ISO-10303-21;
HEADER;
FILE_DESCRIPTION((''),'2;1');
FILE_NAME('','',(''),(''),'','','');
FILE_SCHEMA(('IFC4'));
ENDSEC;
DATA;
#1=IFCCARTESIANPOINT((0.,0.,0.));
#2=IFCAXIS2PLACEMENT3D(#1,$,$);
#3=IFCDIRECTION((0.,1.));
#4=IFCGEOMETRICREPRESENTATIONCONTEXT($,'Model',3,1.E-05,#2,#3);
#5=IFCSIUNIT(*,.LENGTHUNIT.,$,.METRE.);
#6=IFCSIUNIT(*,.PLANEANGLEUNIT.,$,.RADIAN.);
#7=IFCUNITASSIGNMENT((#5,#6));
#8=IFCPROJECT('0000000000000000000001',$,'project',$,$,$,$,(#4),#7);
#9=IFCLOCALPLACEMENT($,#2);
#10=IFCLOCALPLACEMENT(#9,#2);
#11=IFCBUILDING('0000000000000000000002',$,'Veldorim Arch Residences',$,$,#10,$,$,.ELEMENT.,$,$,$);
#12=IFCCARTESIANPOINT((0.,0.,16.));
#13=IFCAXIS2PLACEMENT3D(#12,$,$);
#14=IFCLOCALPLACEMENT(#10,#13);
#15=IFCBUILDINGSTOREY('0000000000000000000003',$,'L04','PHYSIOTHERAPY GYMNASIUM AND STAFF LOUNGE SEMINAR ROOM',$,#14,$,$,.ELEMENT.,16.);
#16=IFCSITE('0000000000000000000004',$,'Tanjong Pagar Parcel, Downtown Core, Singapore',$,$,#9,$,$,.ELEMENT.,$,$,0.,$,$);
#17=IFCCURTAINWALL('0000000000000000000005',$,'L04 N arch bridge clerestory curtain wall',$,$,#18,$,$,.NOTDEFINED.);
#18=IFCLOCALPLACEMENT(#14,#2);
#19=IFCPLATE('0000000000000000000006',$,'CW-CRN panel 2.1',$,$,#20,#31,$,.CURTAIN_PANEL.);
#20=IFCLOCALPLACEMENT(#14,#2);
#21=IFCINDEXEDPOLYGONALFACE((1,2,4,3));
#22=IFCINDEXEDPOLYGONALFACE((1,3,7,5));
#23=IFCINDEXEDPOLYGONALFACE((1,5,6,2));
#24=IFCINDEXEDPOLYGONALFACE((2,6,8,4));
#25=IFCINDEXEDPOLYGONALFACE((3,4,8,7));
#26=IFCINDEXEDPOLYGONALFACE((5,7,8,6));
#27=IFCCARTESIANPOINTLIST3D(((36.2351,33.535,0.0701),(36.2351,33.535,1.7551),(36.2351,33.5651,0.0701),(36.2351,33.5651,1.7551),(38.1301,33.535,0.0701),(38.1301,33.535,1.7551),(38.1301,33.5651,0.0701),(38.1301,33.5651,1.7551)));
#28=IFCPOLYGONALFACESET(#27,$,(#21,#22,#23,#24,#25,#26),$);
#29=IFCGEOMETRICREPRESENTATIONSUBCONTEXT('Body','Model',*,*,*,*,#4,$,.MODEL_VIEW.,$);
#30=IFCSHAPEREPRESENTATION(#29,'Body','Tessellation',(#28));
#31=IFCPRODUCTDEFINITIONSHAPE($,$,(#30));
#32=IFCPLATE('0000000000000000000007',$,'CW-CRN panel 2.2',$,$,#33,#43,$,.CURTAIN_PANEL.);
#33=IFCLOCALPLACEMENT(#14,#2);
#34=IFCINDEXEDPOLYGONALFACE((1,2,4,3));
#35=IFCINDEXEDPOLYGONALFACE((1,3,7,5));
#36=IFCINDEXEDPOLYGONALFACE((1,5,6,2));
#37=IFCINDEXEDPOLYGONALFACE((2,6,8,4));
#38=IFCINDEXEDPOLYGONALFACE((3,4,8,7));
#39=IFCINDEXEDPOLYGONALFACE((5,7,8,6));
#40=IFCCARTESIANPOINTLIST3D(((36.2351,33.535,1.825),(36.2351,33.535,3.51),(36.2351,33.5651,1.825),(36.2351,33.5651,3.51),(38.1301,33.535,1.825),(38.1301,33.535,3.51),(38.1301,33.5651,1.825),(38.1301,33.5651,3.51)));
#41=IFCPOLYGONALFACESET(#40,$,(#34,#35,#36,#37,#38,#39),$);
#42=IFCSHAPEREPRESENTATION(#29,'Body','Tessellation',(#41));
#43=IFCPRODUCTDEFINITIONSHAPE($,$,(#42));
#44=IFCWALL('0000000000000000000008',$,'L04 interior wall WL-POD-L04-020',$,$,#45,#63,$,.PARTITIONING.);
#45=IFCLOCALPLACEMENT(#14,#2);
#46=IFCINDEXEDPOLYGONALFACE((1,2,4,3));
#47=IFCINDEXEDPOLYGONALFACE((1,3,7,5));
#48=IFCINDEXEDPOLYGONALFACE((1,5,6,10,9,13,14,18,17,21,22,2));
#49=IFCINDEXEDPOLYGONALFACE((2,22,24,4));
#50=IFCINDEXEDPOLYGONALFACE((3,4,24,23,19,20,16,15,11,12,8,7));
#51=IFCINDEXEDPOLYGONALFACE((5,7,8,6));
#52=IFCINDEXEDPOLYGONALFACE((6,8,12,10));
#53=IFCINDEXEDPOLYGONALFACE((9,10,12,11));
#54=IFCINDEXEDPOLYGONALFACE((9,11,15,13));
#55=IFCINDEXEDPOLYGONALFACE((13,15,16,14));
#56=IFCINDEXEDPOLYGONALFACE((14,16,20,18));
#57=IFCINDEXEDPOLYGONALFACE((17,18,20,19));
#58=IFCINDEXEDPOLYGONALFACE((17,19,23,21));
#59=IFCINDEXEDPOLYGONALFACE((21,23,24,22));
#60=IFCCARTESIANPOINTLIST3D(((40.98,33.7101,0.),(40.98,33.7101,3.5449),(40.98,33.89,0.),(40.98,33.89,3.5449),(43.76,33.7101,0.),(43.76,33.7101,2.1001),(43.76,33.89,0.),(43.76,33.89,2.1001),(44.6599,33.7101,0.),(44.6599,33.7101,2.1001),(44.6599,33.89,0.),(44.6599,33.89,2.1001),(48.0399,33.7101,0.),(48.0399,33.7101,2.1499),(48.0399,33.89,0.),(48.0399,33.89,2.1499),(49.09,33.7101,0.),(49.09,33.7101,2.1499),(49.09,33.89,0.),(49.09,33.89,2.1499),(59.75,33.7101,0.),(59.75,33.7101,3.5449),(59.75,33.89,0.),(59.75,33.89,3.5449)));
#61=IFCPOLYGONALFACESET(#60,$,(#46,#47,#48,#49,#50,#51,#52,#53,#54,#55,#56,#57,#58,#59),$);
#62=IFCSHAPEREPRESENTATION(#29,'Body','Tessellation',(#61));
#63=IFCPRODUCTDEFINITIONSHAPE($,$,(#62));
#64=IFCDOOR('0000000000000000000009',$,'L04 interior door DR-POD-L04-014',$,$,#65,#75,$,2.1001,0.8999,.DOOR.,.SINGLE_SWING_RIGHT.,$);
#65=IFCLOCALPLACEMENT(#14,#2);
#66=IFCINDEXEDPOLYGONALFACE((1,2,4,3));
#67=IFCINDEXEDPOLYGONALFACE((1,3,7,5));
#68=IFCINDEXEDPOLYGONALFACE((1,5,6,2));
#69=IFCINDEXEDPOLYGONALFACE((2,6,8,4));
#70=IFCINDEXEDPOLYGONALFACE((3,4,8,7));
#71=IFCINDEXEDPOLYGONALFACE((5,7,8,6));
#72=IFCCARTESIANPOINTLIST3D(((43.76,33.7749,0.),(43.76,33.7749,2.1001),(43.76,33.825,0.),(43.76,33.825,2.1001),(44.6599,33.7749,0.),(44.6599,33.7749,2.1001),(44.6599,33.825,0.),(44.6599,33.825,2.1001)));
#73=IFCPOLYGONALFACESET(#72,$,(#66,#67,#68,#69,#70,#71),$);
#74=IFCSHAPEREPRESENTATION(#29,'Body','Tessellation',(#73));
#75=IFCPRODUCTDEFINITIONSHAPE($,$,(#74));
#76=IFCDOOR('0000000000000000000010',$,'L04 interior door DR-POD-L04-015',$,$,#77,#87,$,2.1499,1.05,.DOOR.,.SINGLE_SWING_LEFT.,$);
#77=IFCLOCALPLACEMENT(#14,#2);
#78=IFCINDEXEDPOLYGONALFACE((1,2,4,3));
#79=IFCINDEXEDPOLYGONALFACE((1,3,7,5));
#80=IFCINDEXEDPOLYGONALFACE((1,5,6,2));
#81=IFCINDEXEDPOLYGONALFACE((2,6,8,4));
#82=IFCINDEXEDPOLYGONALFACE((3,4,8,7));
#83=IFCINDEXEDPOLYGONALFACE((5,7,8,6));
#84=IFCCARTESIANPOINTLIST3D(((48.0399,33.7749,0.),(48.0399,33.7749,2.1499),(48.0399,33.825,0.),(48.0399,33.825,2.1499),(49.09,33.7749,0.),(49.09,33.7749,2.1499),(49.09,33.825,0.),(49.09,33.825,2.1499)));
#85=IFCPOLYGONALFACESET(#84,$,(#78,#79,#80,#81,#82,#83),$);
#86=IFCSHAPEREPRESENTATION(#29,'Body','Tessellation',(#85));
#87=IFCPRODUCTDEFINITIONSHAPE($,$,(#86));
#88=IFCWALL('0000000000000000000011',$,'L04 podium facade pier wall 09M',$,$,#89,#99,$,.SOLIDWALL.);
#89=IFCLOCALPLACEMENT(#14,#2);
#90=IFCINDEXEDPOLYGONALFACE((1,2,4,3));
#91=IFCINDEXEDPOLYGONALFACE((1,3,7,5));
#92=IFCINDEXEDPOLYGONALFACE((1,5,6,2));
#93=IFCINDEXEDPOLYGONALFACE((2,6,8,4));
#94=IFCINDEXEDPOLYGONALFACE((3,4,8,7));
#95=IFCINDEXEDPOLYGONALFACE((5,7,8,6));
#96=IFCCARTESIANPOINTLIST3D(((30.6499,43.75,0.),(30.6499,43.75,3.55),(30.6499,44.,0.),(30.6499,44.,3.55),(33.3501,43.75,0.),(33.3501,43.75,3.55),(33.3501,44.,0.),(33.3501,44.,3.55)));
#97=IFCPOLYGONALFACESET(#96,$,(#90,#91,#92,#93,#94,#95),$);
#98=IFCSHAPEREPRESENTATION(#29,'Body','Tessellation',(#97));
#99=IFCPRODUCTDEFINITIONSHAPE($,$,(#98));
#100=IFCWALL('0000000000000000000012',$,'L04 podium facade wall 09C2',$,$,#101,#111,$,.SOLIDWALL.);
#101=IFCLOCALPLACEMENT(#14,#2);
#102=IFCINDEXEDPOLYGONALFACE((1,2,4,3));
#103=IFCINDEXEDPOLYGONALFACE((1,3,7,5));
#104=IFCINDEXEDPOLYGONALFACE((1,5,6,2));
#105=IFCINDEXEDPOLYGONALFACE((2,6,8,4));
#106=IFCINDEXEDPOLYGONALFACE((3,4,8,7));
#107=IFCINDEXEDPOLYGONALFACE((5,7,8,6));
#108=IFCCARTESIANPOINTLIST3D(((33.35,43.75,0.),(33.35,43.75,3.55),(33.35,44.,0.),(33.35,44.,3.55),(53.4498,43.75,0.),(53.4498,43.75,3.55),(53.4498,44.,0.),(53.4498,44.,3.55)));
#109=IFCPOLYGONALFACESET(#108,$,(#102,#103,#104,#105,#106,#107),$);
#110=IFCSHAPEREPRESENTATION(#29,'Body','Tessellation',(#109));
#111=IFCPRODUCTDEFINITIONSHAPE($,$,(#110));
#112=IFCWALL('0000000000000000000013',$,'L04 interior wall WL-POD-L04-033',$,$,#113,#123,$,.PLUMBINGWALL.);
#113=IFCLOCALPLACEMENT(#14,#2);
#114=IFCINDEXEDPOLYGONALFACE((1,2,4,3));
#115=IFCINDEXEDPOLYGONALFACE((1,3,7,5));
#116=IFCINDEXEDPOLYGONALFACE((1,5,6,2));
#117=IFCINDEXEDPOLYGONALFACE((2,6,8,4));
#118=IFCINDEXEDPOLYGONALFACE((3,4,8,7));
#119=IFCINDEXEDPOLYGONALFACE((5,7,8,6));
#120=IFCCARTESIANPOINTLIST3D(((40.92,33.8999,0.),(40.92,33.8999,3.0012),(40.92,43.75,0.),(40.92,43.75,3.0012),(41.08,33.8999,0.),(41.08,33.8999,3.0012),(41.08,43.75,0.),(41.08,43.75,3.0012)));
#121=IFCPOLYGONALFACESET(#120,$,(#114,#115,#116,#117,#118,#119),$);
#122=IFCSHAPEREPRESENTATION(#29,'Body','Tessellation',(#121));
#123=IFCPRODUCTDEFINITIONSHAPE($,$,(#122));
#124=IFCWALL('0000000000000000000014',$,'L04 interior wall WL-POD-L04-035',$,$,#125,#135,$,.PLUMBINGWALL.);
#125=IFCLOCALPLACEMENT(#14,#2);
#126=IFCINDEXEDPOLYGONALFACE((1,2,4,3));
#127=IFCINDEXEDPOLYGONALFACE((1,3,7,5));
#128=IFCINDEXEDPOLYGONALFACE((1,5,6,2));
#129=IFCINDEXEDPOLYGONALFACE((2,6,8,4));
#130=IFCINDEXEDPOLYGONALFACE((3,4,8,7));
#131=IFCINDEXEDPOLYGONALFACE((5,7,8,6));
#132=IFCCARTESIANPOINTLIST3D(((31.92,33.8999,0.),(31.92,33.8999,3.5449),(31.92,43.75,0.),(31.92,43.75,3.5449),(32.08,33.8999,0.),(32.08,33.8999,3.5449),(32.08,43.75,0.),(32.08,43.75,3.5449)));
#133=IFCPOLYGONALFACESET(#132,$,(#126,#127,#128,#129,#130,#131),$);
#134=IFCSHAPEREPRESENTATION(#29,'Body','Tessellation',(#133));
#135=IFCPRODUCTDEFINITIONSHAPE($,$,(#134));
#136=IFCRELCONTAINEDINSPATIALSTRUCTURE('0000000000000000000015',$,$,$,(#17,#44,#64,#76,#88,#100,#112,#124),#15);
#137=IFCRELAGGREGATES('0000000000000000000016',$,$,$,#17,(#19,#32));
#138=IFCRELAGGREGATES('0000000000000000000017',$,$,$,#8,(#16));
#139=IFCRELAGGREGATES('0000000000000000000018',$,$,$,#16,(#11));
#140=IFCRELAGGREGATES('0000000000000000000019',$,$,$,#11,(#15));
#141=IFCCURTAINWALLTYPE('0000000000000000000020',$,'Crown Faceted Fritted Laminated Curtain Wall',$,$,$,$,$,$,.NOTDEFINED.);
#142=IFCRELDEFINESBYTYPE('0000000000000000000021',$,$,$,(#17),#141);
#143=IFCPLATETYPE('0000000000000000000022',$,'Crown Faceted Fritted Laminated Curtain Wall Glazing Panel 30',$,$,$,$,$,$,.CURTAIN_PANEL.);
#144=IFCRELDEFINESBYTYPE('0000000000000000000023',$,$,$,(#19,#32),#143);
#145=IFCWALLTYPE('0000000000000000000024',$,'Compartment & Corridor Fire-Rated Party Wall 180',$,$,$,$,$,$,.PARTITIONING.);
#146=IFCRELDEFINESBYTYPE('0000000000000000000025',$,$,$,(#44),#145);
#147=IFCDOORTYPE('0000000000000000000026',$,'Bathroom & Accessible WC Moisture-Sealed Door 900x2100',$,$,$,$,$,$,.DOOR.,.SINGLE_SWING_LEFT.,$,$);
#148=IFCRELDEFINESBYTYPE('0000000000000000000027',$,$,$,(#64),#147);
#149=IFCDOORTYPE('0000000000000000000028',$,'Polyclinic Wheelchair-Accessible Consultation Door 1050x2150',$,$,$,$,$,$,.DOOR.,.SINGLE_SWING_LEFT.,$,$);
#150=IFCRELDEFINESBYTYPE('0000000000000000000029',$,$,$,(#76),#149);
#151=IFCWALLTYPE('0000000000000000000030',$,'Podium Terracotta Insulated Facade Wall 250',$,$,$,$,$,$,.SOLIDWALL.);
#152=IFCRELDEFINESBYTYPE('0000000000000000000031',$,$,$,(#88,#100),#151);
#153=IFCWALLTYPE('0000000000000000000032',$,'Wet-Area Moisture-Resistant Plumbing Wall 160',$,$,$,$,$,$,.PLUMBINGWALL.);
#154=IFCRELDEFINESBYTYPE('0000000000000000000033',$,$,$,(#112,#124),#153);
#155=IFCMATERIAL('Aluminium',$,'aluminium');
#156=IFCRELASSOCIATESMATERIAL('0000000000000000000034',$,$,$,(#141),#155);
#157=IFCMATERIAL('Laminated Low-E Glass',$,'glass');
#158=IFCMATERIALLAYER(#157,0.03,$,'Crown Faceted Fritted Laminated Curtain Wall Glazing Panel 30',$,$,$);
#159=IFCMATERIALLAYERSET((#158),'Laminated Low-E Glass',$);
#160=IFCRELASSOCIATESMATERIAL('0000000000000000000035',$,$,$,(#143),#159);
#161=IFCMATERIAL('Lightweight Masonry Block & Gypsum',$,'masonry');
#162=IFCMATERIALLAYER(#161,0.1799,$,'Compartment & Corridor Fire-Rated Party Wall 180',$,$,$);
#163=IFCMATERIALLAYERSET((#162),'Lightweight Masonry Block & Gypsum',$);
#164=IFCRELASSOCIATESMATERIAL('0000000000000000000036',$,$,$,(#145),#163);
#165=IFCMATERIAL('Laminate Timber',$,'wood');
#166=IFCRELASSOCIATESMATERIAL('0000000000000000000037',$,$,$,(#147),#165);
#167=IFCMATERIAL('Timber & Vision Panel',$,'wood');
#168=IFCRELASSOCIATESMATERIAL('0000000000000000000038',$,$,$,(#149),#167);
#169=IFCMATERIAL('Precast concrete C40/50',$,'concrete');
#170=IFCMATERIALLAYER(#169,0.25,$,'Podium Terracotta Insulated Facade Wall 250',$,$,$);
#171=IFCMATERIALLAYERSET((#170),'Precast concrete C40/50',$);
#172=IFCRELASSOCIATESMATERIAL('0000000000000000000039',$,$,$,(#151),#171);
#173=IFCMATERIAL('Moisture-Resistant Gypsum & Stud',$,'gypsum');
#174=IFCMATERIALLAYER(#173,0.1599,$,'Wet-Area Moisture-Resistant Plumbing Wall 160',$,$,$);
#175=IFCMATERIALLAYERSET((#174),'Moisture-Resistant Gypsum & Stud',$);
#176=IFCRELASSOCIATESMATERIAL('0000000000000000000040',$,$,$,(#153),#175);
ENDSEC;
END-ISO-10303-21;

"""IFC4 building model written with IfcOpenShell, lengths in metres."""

from ifc_helpers import new_model, si_unit, direction, frame, frame_2d, origin, origin_2d, place, context, subcontext, project, spatial, rectangle, extrude, material, layer, layer_set, type_object, element, fill, aggregate, save


model = new_model("IFC4")

# Units and contexts
model_context = context("Model", 3, precision=1e-05, world=origin(), true_north=direction((0.0, 1.0)))
body_context = subcontext(model_context, "Body", "Model", "MODEL_VIEW")
ifc_project = project(units=[si_unit("LENGTHUNIT", "METRE"), si_unit("PLANEANGLEUNIT", "RADIAN")], contexts=[model_context])

# Site, building, storey
site_placement = place(None, origin())
site = spatial("IfcSite", under=ifc_project, at=site_placement, Name="Tanjong Pagar Parcel, Downtown Core, Singapore", CompositionType="ELEMENT", RefElevation=0.0)
building_placement = place(site_placement, origin())
building = spatial("IfcBuilding", under=site, at=building_placement, Name="Veldorim Arch Residences", CompositionType="ELEMENT")
storey_placement = place(building_placement, frame((0.0, 0.0, 16.0)))
storey = spatial("IfcBuildingStorey", under=building, at=storey_placement, Name="L04", Description="PHYSIOTHERAPY GYMNASIUM AND STAFF LOUNGE SEMINAR ROOM", CompositionType="ELEMENT", Elevation=16.0)

# Curtain wall
ifc_material_1 = material(Name="Aluminium", Category="aluminium")
curtain_wall_type = type_object("IfcCurtainWallType", Name="Crown Faceted Fritted Laminated Curtain Wall", PredefinedType="NOTDEFINED", material=ifc_material_1)
curtain_wall_placement = place(storey_placement, origin())
curtain_wall = element("IfcCurtainWall", 1, at=curtain_wall_placement, inside=storey, type_object=curtain_wall_type, Name="L04 N arch bridge clerestory curtain wall", PredefinedType="NOTDEFINED")

# Plates
ifc_material_2 = material(Name="Laminated Low-E Glass", Category="glass")
ifc_layer_1 = layer(ifc_material_2, 0.03, Name="Crown Faceted Fritted Laminated Curtain Wall Glazing Panel 30")
ifc_layer_set_1 = layer_set([ifc_layer_1], Name="Laminated Low-E Glass")
plate_type = type_object("IfcPlateType", Name="Crown Faceted Fritted Laminated Curtain Wall Glazing Panel 30", PredefinedType="CURTAIN_PANEL", material=ifc_layer_set_1)
plate_1_placement = place(storey_placement, frame((37.1826, 33.55, 0.0701), z_axis=(0.0, 0.0, 1.0), x_axis=(1.0, 0.0, 0.0)))
plate_1 = element("IfcPlate", 2, at=plate_1_placement, type_object=plate_type, Name="CW-CRN panel 2.1", PredefinedType="CURTAIN_PANEL", context=body_context, shape_type="SweptSolid", body=[
    extrude(rectangle(XDim=1.895, YDim=0.03, at=origin_2d()), origin(), (0.0, 0.0, 1.0), 1.6851),
])
plate_2_placement = place(storey_placement, frame((37.1826, 33.55, 1.825), z_axis=(0.0, 0.0, 1.0), x_axis=(1.0, 0.0, 0.0)))
plate_2 = element("IfcPlate", 3, at=plate_2_placement, type_object=plate_type, Name="CW-CRN panel 2.2", PredefinedType="CURTAIN_PANEL", context=body_context, shape_type="SweptSolid", body=[
    extrude(rectangle(XDim=1.895, YDim=0.03, at=origin_2d()), origin(), (0.0, 0.0, 1.0), 1.6851),
])
aggregate(curtain_wall, [plate_1, plate_2])

# Wall, openings, doors
ifc_material_3 = material(Name="Lightweight Masonry Block & Gypsum", Category="masonry")
ifc_layer_2 = layer(ifc_material_3, 0.1799, Name="Compartment & Corridor Fire-Rated Party Wall 180")
ifc_layer_set_2 = layer_set([ifc_layer_2], Name="Lightweight Masonry Block & Gypsum")
wall_type_1 = type_object("IfcWallType", Name="Compartment & Corridor Fire-Rated Party Wall 180", PredefinedType="PARTITIONING", material=ifc_layer_set_2)
wall_1_placement = place(storey_placement, frame((40.98, 33.8, 0.0), z_axis=(0.0, 0.0, 1.0), x_axis=(1.0, 0.0, 0.0)))
wall_1 = element("IfcWall", 4, at=wall_1_placement, inside=storey, type_object=wall_type_1, Name="L04 interior wall WL-POD-L04-020", PredefinedType="PARTITIONING", context=body_context, shape_type="SweptSolid", body=[
    extrude(rectangle(XDim=18.77, YDim=0.1799, at=frame_2d((9.385, 0.0))), origin(), (0.0, 0.0, 1.0), 3.5449),
])
opening_1_placement = place(wall_1_placement, frame((2.78, 0.0, 0.0)))
opening_1 = element("IfcOpeningElement", 5, at=opening_1_placement, cuts=wall_1, PredefinedType="OPENING", context=body_context, shape_type="SweptSolid", body=[
    extrude(rectangle(XDim=0.8999, YDim=2.1001, at=frame_2d((0.45, 1.05))), frame((0.0, 0.0999, 0.0), z_axis=(0.0, -1.0, 0.0), x_axis=(1.0, 0.0, 0.0)), (0.0, 0.0, 1.0), 0.2),
])
opening_2_placement = place(wall_1_placement, frame((7.0601, 0.0, 0.0)))
opening_2 = element("IfcOpeningElement", 6, at=opening_2_placement, cuts=wall_1, PredefinedType="OPENING", context=body_context, shape_type="SweptSolid", body=[
    extrude(rectangle(XDim=1.05, YDim=2.1499, at=frame_2d((0.5249, 1.075))), frame((0.0, 0.0999, 0.0), z_axis=(0.0, -1.0, 0.0), x_axis=(1.0, 0.0, 0.0)), (0.0, 0.0, 1.0), 0.2),
])
ifc_material_4 = material(Name="Laminate Timber", Category="wood")
door_type_1 = type_object("IfcDoorType", Name="Bathroom & Accessible WC Moisture-Sealed Door 900x2100", OperationType="SINGLE_SWING_LEFT", PredefinedType="DOOR", material=ifc_material_4)
door_1_placement = place(opening_1_placement, origin())
door_1 = element("IfcDoor", 7, at=door_1_placement, inside=storey, type_object=door_type_1, Name="L04 interior door DR-POD-L04-014", OperationType="SINGLE_SWING_RIGHT", OverallHeight=2.1001, OverallWidth=0.8999, PredefinedType="DOOR", context=body_context, shape_type="SweptSolid", body=[
    extrude(rectangle(XDim=0.8999, YDim=2.1001, at=frame_2d((0.45, 1.05))), frame((0.0, 0.0249, 0.0), z_axis=(0.0, -1.0, 0.0), x_axis=(1.0, 0.0, 0.0)), (0.0, 0.0, 1.0), 0.05),
])
fill(opening_1, door_1)
ifc_material_5 = material(Name="Timber & Vision Panel", Category="wood")
door_type_2 = type_object("IfcDoorType", Name="Polyclinic Wheelchair-Accessible Consultation Door 1050x2150", OperationType="SINGLE_SWING_LEFT", PredefinedType="DOOR", material=ifc_material_5)
door_2_placement = place(opening_2_placement, origin())
door_2 = element("IfcDoor", 8, at=door_2_placement, inside=storey, type_object=door_type_2, Name="L04 interior door DR-POD-L04-015", OperationType="SINGLE_SWING_LEFT", OverallHeight=2.1499, OverallWidth=1.05, PredefinedType="DOOR", context=body_context, shape_type="SweptSolid", body=[
    extrude(rectangle(XDim=1.05, YDim=2.1499, at=frame_2d((0.5249, 1.075))), frame((0.0, 0.0249, 0.0), z_axis=(0.0, -1.0, 0.0), x_axis=(1.0, 0.0, 0.0)), (0.0, 0.0, 1.0), 0.05),
])
fill(opening_2, door_2)

# Walls
ifc_material_6 = material(Name="Precast concrete C40/50", Category="concrete")
ifc_layer_3 = layer(ifc_material_6, 0.25, Name="Podium Terracotta Insulated Facade Wall 250")
ifc_layer_set_3 = layer_set([ifc_layer_3], Name="Precast concrete C40/50")
wall_type_2 = type_object("IfcWallType", Name="Podium Terracotta Insulated Facade Wall 250", PredefinedType="SOLIDWALL", material=ifc_layer_set_3)
wall_2_placement = place(storey_placement, frame((30.6499, 43.875, 0.0), z_axis=(0.0, 0.0, 1.0), x_axis=(1.0, 0.0, 0.0)))
element("IfcWall", 9, at=wall_2_placement, inside=storey, type_object=wall_type_2, Name="L04 podium facade pier wall 09M", PredefinedType="SOLIDWALL", context=body_context, shape_type="SweptSolid", body=[
    extrude(rectangle(XDim=2.7002, YDim=0.25, at=frame_2d((1.3501, 0.0))), origin(), (0.0, 0.0, 1.0), 3.55),
])
wall_3_placement = place(storey_placement, frame((33.3501, 43.875, 0.0), z_axis=(0.0, 0.0, 1.0), x_axis=(1.0, 0.0, 0.0)))
element("IfcWall", 10, at=wall_3_placement, inside=storey, type_object=wall_type_2, Name="L04 podium facade wall 09C2", PredefinedType="SOLIDWALL", context=body_context, shape_type="SweptSolid", body=[
    extrude(rectangle(XDim=20.0999, YDim=0.25, at=frame_2d((10.0498, 0.0))), origin(), (0.0, 0.0, 1.0), 3.55),
])
ifc_material_7 = material(Name="Moisture-Resistant Gypsum & Stud", Category="gypsum")
ifc_layer_4 = layer(ifc_material_7, 0.1599, Name="Wet-Area Moisture-Resistant Plumbing Wall 160")
ifc_layer_set_4 = layer_set([ifc_layer_4], Name="Moisture-Resistant Gypsum & Stud")
wall_type_3 = type_object("IfcWallType", Name="Wet-Area Moisture-Resistant Plumbing Wall 160", PredefinedType="PLUMBINGWALL", material=ifc_layer_set_4)
wall_4_placement = place(storey_placement, frame((41.0, 33.8999, 0.0), z_axis=(0.0, 0.0, 1.0), x_axis=(0.0, 1.0, 0.0)))
element("IfcWall", 11, at=wall_4_placement, inside=storey, type_object=wall_type_3, Name="L04 interior wall WL-POD-L04-033", PredefinedType="PLUMBINGWALL", context=body_context, shape_type="SweptSolid", body=[
    extrude(rectangle(XDim=9.8501, YDim=0.1599, at=frame_2d((4.925, 0.0))), origin(), (0.0, 0.0, 1.0), 3.0012),
])
wall_5_placement = place(storey_placement, frame((32.0, 43.75, 0.0), z_axis=(0.0, 0.0, 1.0), x_axis=(0.0, -1.0, 0.0)))
element("IfcWall", 12, at=wall_5_placement, inside=storey, type_object=wall_type_3, Name="L04 interior wall WL-POD-L04-035", PredefinedType="PLUMBINGWALL", context=body_context, shape_type="SweptSolid", body=[
    extrude(rectangle(XDim=9.8501, YDim=0.1599, at=frame_2d((4.925, 0.0))), origin(), (0.0, 0.0, 1.0), 3.5449),
])

save(model, "model.ifc")
